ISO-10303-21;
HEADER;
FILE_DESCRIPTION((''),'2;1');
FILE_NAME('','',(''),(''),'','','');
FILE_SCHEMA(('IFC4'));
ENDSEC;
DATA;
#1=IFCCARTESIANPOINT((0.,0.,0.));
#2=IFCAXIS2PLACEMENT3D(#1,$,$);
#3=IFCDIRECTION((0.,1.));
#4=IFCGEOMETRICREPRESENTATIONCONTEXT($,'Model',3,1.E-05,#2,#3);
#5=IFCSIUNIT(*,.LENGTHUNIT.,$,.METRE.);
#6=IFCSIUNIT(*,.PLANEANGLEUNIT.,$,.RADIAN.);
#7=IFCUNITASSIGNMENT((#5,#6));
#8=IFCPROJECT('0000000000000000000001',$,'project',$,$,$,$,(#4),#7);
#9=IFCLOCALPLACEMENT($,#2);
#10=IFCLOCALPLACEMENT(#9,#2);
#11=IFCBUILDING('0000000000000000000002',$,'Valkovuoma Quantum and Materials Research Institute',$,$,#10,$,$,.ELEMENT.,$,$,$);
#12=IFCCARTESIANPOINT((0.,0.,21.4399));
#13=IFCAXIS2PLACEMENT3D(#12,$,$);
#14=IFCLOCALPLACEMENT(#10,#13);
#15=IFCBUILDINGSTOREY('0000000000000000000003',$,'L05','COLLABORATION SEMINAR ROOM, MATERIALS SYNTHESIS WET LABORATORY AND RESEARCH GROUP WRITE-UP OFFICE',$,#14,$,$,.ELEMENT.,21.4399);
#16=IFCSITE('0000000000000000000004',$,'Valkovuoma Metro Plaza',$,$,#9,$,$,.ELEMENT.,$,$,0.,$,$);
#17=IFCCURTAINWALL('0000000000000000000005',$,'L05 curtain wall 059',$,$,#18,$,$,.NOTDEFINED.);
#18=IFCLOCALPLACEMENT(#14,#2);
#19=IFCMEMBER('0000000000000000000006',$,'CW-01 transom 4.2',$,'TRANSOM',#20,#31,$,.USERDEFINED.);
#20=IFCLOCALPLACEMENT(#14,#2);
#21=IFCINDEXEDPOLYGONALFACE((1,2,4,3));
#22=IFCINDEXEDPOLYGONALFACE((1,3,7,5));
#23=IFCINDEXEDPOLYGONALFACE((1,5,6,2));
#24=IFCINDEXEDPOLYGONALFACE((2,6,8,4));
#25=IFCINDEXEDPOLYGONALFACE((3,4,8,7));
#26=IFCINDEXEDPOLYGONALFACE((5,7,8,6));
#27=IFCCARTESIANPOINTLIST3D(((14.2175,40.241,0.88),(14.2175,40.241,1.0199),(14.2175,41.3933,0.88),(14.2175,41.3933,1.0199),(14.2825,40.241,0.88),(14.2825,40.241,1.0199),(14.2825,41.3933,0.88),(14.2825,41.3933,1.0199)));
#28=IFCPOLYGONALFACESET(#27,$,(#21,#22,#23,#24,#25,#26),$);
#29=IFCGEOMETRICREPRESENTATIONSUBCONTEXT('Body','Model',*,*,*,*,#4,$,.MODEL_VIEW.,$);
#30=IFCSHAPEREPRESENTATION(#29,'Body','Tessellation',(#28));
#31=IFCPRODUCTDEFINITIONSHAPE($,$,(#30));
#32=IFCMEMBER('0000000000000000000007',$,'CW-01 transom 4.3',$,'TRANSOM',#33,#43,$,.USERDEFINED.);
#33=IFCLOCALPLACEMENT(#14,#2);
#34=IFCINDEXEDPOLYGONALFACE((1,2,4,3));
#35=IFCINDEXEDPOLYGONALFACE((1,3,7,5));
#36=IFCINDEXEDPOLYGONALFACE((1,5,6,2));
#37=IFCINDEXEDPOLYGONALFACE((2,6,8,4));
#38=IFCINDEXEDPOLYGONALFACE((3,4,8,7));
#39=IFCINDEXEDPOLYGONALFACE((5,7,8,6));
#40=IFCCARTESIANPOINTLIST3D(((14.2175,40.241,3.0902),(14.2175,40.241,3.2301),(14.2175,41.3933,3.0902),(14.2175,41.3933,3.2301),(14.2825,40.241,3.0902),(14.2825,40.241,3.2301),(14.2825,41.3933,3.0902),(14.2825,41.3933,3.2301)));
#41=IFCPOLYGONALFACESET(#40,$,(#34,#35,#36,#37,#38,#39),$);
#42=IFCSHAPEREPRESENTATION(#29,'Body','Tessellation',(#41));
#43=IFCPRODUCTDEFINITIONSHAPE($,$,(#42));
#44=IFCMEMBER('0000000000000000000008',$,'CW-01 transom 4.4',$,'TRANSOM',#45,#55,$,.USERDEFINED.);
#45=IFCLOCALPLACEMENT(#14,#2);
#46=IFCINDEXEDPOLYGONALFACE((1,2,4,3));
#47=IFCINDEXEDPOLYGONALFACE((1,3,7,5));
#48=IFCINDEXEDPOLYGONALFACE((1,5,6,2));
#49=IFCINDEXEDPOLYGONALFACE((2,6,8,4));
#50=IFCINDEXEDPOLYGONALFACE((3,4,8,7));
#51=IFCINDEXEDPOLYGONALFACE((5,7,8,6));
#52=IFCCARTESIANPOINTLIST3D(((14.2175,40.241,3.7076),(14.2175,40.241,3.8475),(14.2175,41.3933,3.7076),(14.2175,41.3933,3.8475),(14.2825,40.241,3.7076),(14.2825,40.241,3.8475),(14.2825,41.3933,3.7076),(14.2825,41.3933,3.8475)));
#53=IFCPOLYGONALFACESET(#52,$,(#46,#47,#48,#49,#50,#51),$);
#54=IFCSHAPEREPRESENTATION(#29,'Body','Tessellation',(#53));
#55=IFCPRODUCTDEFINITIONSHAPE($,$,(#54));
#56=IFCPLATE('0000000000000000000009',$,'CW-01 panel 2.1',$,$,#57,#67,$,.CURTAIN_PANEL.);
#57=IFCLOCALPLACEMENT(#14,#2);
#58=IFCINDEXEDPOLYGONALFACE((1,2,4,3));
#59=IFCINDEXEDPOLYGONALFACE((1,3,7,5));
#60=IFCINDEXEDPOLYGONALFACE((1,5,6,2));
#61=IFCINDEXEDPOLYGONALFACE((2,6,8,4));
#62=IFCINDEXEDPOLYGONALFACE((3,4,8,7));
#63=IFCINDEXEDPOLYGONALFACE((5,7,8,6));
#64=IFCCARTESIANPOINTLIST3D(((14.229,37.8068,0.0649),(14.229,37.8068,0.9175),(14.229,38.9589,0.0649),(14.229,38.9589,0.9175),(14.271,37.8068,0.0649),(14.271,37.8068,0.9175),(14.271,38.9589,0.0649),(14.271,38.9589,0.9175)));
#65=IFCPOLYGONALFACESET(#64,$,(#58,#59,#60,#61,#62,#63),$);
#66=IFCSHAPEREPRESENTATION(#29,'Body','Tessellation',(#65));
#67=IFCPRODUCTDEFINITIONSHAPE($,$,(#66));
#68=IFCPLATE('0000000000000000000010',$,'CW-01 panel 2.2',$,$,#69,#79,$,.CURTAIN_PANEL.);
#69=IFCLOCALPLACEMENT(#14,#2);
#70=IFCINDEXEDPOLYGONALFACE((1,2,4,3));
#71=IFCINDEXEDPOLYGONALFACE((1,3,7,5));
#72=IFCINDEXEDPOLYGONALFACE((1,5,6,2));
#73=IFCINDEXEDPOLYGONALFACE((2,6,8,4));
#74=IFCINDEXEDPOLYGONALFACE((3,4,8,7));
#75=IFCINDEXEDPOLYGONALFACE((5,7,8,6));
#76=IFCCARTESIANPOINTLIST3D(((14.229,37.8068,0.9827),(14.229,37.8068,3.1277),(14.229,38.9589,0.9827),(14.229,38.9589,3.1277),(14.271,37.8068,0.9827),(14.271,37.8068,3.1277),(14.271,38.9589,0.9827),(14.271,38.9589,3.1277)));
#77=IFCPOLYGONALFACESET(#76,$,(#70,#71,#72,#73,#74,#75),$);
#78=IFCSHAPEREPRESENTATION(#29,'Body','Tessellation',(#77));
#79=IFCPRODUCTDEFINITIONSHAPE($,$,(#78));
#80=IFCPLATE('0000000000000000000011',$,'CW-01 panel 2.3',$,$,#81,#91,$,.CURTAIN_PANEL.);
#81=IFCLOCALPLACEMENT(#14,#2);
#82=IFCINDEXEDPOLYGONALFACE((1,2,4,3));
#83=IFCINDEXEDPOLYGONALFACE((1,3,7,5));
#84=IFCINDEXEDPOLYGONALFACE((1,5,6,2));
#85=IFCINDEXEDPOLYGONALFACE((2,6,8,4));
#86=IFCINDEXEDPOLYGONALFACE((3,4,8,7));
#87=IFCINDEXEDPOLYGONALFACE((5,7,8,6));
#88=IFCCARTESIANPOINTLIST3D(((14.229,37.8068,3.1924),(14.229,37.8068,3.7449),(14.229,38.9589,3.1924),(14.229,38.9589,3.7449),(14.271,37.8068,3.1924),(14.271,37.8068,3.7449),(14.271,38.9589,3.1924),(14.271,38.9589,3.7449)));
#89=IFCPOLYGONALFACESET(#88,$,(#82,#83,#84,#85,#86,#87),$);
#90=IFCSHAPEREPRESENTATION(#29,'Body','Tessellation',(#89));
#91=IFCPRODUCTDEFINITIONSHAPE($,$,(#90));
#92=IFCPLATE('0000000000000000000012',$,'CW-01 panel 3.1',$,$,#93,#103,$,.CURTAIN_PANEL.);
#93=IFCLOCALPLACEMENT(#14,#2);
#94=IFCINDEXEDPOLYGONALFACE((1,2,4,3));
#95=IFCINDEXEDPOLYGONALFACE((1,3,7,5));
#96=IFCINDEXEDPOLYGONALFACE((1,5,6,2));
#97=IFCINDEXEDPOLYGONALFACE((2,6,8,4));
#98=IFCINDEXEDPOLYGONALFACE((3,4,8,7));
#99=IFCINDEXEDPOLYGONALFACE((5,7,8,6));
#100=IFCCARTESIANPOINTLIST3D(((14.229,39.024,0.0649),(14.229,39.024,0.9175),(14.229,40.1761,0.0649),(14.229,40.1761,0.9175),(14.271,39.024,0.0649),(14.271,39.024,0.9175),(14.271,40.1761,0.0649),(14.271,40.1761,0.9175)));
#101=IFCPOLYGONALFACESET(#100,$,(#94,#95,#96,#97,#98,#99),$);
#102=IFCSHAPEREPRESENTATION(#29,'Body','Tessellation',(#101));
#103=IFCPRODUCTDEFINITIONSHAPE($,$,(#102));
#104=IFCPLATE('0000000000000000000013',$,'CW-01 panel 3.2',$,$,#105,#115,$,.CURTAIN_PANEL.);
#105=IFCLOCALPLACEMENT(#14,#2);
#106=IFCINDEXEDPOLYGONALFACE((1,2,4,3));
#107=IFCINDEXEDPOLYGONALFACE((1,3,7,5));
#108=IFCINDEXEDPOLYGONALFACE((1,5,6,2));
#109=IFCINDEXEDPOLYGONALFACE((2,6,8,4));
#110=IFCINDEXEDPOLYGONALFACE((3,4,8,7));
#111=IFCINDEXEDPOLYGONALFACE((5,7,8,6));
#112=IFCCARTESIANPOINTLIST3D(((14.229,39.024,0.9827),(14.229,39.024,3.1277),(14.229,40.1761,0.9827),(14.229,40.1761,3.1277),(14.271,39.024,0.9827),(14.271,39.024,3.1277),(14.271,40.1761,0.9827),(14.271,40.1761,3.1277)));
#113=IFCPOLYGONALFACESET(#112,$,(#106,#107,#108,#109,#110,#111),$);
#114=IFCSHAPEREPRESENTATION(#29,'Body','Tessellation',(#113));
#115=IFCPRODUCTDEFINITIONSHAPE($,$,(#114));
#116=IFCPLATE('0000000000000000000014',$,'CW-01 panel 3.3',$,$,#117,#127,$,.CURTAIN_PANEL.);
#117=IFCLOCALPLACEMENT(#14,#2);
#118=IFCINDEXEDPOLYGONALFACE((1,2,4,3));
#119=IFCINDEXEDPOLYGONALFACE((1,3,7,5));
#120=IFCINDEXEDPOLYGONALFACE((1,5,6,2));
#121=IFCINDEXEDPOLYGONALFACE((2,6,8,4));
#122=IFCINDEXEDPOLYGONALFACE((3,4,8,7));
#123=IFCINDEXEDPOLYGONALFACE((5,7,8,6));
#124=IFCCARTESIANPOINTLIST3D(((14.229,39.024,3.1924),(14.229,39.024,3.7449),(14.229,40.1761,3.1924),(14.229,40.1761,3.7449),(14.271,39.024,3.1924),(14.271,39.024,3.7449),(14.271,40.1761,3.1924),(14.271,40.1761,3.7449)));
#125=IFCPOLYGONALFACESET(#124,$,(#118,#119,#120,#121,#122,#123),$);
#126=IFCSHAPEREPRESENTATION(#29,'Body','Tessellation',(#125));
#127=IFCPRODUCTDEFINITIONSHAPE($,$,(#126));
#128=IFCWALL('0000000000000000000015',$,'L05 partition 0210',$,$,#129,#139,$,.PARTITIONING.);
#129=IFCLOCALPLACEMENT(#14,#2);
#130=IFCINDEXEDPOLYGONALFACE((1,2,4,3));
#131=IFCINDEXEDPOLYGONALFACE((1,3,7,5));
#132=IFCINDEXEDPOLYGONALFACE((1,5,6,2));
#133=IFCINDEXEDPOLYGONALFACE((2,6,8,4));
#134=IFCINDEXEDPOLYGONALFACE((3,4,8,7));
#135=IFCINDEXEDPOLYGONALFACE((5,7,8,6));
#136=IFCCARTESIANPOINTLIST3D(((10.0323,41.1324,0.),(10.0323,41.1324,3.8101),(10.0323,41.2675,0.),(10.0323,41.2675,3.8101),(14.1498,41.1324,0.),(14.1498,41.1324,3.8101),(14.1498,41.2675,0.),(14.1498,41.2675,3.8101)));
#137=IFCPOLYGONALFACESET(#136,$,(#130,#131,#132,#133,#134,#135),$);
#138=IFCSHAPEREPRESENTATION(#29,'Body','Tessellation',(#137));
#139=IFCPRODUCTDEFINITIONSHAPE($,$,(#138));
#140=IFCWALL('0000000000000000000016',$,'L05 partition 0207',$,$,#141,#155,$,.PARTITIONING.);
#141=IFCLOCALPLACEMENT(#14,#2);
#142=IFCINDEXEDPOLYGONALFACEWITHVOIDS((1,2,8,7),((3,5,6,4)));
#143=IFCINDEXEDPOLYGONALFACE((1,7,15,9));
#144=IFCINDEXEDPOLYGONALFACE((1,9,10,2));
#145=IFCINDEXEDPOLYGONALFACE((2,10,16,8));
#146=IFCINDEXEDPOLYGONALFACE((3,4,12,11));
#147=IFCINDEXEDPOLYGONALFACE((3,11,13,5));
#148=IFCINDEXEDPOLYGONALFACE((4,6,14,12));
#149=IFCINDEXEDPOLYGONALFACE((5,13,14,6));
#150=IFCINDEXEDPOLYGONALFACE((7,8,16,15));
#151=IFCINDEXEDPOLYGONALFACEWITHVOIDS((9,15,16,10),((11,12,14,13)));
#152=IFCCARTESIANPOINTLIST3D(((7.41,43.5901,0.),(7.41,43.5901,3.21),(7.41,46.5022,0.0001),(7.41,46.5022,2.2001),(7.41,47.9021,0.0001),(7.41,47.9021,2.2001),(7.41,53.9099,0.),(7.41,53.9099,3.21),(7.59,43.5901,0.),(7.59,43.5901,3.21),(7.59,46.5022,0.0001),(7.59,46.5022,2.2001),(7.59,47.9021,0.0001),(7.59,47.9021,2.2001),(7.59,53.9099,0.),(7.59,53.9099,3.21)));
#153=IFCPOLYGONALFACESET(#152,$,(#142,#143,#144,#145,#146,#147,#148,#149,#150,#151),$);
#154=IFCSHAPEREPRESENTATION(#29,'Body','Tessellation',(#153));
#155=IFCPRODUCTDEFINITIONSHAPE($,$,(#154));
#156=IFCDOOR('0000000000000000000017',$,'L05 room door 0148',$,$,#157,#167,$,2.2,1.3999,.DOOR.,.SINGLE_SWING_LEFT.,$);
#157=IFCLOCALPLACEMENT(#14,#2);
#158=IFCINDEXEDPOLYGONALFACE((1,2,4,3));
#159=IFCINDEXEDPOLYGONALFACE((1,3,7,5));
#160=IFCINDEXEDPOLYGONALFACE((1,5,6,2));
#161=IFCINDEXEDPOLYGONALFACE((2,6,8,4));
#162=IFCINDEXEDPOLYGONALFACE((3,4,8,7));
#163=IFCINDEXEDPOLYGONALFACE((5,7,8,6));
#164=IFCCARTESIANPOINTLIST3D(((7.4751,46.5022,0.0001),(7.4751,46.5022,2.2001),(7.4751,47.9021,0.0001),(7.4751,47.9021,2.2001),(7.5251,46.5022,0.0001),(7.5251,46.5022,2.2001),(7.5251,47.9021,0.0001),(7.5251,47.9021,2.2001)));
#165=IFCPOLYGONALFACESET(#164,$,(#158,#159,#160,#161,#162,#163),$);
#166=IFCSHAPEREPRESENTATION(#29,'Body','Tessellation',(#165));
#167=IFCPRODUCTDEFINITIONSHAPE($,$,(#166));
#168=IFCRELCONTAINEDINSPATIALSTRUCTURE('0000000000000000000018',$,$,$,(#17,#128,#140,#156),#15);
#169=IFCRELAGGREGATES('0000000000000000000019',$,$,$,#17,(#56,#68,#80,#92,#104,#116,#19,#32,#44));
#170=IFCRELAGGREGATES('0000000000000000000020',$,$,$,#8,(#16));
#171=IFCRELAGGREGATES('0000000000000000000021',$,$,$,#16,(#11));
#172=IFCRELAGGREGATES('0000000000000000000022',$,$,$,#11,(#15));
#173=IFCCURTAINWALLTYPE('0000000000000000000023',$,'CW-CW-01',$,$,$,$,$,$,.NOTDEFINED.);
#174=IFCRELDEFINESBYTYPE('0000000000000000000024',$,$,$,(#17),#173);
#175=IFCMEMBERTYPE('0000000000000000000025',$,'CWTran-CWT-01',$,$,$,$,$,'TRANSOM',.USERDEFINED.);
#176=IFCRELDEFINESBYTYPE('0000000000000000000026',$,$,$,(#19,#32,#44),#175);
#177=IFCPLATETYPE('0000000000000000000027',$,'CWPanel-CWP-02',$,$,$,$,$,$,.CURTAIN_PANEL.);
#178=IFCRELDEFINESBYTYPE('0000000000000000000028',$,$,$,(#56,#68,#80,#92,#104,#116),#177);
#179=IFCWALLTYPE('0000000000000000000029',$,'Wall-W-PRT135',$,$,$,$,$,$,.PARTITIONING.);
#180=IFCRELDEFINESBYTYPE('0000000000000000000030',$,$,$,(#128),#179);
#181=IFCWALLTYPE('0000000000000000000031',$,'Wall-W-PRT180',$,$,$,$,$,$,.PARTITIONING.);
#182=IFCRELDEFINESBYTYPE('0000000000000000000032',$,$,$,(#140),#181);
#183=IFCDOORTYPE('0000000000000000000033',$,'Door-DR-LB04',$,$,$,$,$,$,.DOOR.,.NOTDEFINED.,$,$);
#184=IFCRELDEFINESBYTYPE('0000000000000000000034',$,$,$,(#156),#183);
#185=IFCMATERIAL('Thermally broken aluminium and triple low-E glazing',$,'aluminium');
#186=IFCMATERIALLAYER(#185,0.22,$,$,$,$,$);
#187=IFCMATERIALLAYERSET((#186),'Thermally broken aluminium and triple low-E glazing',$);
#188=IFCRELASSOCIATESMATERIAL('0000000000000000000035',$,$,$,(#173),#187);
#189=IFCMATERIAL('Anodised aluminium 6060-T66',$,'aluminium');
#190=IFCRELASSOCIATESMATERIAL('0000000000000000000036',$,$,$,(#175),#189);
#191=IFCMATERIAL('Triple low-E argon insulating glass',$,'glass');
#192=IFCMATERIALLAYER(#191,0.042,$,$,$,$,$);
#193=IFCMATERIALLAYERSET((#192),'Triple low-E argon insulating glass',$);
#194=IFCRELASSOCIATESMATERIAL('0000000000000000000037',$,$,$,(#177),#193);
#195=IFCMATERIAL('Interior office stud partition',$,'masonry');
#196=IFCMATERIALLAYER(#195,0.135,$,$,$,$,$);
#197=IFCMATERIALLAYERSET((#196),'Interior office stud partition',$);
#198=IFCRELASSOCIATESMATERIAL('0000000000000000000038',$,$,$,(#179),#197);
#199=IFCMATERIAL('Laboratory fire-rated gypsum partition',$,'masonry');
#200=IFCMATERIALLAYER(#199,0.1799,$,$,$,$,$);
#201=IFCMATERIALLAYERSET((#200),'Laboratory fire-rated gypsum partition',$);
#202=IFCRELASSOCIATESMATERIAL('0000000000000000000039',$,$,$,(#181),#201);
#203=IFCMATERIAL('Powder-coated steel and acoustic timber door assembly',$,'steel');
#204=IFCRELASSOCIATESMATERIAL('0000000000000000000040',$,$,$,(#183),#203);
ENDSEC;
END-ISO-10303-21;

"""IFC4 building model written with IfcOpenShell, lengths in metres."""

from ifc_helpers import new_model, si_unit, direction, frame, frame_2d, origin, origin_2d, place, context, subcontext, project, spatial, rectangle, extrude, material, layer, layer_set, material_profile, profile_set, type_object, element, fill, aggregate, save


model = new_model("IFC4")

# Units and contexts
model_context = context("Model", 3, precision=1e-05, world=origin(), true_north=direction((0.0, 1.0)))
body_context = subcontext(model_context, "Body", "Model", "MODEL_VIEW")
ifc_project = project(units=[si_unit("LENGTHUNIT", "METRE"), si_unit("PLANEANGLEUNIT", "RADIAN")], contexts=[model_context])

# Site, building, storey
site_placement = place(None, origin())
site = spatial("IfcSite", under=ifc_project, at=site_placement, Name="Valkovuoma Metro Plaza", CompositionType="ELEMENT", RefElevation=0.0)
building_placement = place(site_placement, origin())
building = spatial("IfcBuilding", under=site, at=building_placement, Name="Valkovuoma Quantum and Materials Research Institute", CompositionType="ELEMENT")
storey_placement = place(building_placement, frame((0.0, 0.0, 21.4399)))
storey = spatial("IfcBuildingStorey", under=building, at=storey_placement, Name="L05", Description="COLLABORATION SEMINAR ROOM, MATERIALS SYNTHESIS WET LABORATORY AND RESEARCH GROUP WRITE-UP OFFICE", CompositionType="ELEMENT", Elevation=21.4399)

# Curtain wall, members, plates
ifc_material_1 = material(Name="Thermally broken aluminium and triple low-E glazing", Category="aluminium")
ifc_layer_1 = layer(ifc_material_1, 0.22)
ifc_layer_set_1 = layer_set([ifc_layer_1], Name="Thermally broken aluminium and triple low-E glazing")
curtain_wall_type = type_object("IfcCurtainWallType", Name="CW-CW-01", PredefinedType="NOTDEFINED", material=ifc_layer_set_1)
curtain_wall_placement = place(storey_placement, origin())
curtain_wall = element("IfcCurtainWall", 1, at=curtain_wall_placement, inside=storey, type_object=curtain_wall_type, Name="L05 curtain wall 059", PredefinedType="NOTDEFINED")
ifc_material_2 = material(Name="Anodised aluminium 6060-T66", Category="aluminium")
ifc_material_profile_1 = material_profile(ifc_material_2, rectangle(XDim=0.0649, YDim=0.1399, at=origin_2d()), Name="Anodised aluminium 6060-T66")
ifc_profile_set_1 = profile_set([ifc_material_profile_1], Name="Anodised aluminium 6060-T66")
member_type_1 = type_object("IfcMemberType", Name="CWTran-CWT-01", ElementType="TRANSOM", PredefinedType="USERDEFINED", material=ifc_profile_set_1)
member_1_placement = place(storey_placement, frame((14.25, 40.241, 0.95), z_axis=(0.0, 1.0, 0.0), x_axis=(-1.0, 0.0, 0.0)))
member_1 = element("IfcMember", 2, at=member_1_placement, type_object=member_type_1, Name="CW-01 transom 4.2", ObjectType="TRANSOM", PredefinedType="USERDEFINED", context=body_context, shape_type="SweptSolid", body=[
    extrude(rectangle(XDim=0.0649, YDim=0.1399, at=origin_2d()), origin(), (0.0, 0.0, 1.0), 1.1523),
])
member_2_placement = place(storey_placement, frame((14.25, 40.241, 3.1602), z_axis=(0.0, 1.0, 0.0), x_axis=(-1.0, 0.0, 0.0)))
member_2 = element("IfcMember", 3, at=member_2_placement, type_object=member_type_1, Name="CW-01 transom 4.3", ObjectType="TRANSOM", PredefinedType="USERDEFINED", context=body_context, shape_type="SweptSolid", body=[
    extrude(rectangle(XDim=0.0649, YDim=0.1399, at=origin_2d()), origin(), (0.0, 0.0, 1.0), 1.1523),
])
member_3_placement = place(storey_placement, frame((14.25, 40.241, 3.7776), z_axis=(0.0, 1.0, 0.0), x_axis=(-1.0, 0.0, 0.0)))
member_3 = element("IfcMember", 4, at=member_3_placement, type_object=member_type_1, Name="CW-01 transom 4.4", ObjectType="TRANSOM", PredefinedType="USERDEFINED", context=body_context, shape_type="SweptSolid", body=[
    extrude(rectangle(XDim=0.0649, YDim=0.1399, at=origin_2d()), origin(), (0.0, 0.0, 1.0), 1.1523),
])
ifc_material_3 = material(Name="Triple low-E argon insulating glass", Category="glass")
ifc_layer_2 = layer(ifc_material_3, 0.042)
ifc_layer_set_2 = layer_set([ifc_layer_2], Name="Triple low-E argon insulating glass")
plate_type = type_object("IfcPlateType", Name="CWPanel-CWP-02", PredefinedType="CURTAIN_PANEL", material=ifc_layer_set_2)
plate_1_placement = place(storey_placement, frame((14.25, 38.3828, 0.0649), z_axis=(0.0, 0.0, 1.0), x_axis=(0.0, 1.0, 0.0)))
plate_1 = element("IfcPlate", 5, at=plate_1_placement, type_object=plate_type, Name="CW-01 panel 2.1", PredefinedType="CURTAIN_PANEL", context=body_context, shape_type="SweptSolid", body=[
    extrude(rectangle(XDim=1.1521, YDim=0.042, at=origin_2d()), origin(), (0.0, 0.0, 1.0), 0.8525),
])
plate_2_placement = place(storey_placement, frame((14.25, 38.3828, 0.9827), z_axis=(0.0, 0.0, 1.0), x_axis=(0.0, 1.0, 0.0)))
plate_2 = element("IfcPlate", 6, at=plate_2_placement, type_object=plate_type, Name="CW-01 panel 2.2", PredefinedType="CURTAIN_PANEL", context=body_context, shape_type="SweptSolid", body=[
    extrude(rectangle(XDim=1.1521, YDim=0.042, at=origin_2d()), origin(), (0.0, 0.0, 1.0), 2.145),
])
plate_3_placement = place(storey_placement, frame((14.25, 38.3828, 3.1924), z_axis=(0.0, 0.0, 1.0), x_axis=(0.0, 1.0, 0.0)))
plate_3 = element("IfcPlate", 7, at=plate_3_placement, type_object=plate_type, Name="CW-01 panel 2.3", PredefinedType="CURTAIN_PANEL", context=body_context, shape_type="SweptSolid", body=[
    extrude(rectangle(XDim=1.1521, YDim=0.042, at=origin_2d()), origin(), (0.0, 0.0, 1.0), 0.5525),
])
plate_4_placement = place(storey_placement, frame((14.25, 39.6001, 0.0649), z_axis=(0.0, 0.0, 1.0), x_axis=(0.0, 1.0, 0.0)))
plate_4 = element("IfcPlate", 8, at=plate_4_placement, type_object=plate_type, Name="CW-01 panel 3.1", PredefinedType="CURTAIN_PANEL", context=body_context, shape_type="SweptSolid", body=[
    extrude(rectangle(XDim=1.1521, YDim=0.042, at=origin_2d()), origin(), (0.0, 0.0, 1.0), 0.8525),
])
plate_5_placement = place(storey_placement, frame((14.25, 39.6001, 0.9827), z_axis=(0.0, 0.0, 1.0), x_axis=(0.0, 1.0, 0.0)))
plate_5 = element("IfcPlate", 9, at=plate_5_placement, type_object=plate_type, Name="CW-01 panel 3.2", PredefinedType="CURTAIN_PANEL", context=body_context, shape_type="SweptSolid", body=[
    extrude(rectangle(XDim=1.1521, YDim=0.042, at=origin_2d()), origin(), (0.0, 0.0, 1.0), 2.145),
])
plate_6_placement = place(storey_placement, frame((14.25, 39.6001, 3.1924), z_axis=(0.0, 0.0, 1.0), x_axis=(0.0, 1.0, 0.0)))
plate_6 = element("IfcPlate", 10, at=plate_6_placement, type_object=plate_type, Name="CW-01 panel 3.3", PredefinedType="CURTAIN_PANEL", context=body_context, shape_type="SweptSolid", body=[
    extrude(rectangle(XDim=1.1521, YDim=0.042, at=origin_2d()), origin(), (0.0, 0.0, 1.0), 0.5525),
])
aggregate(curtain_wall, [plate_1, plate_2, plate_3, plate_4, plate_5, plate_6, member_1, member_2, member_3])

# Wall
ifc_material_4 = material(Name="Interior office stud partition", Category="masonry")
ifc_layer_3 = layer(ifc_material_4, 0.135)
ifc_layer_set_3 = layer_set([ifc_layer_3], Name="Interior office stud partition")
wall_type_1 = type_object("IfcWallType", Name="Wall-W-PRT135", PredefinedType="PARTITIONING", material=ifc_layer_set_3)
wall_1_placement = place(storey_placement, frame((10.0325, 41.2, 0.0), z_axis=(0.0, 0.0, 1.0), x_axis=(1.0, 0.0, 0.0)))
element("IfcWall", 11, at=wall_1_placement, inside=storey, type_object=wall_type_1, Name="L05 partition 0210", PredefinedType="PARTITIONING", context=body_context, shape_type="SweptSolid", body=[
    extrude(rectangle(XDim=4.1174, YDim=0.135, at=frame_2d((2.0586, 0.0))), origin(), (0.0, 0.0, 1.0), 3.8101),
])

# Wall, opening, door
ifc_material_5 = material(Name="Laboratory fire-rated gypsum partition", Category="masonry")
ifc_layer_4 = layer(ifc_material_5, 0.1799)
ifc_layer_set_4 = layer_set([ifc_layer_4], Name="Laboratory fire-rated gypsum partition")
wall_type_2 = type_object("IfcWallType", Name="Wall-W-PRT180", PredefinedType="PARTITIONING", material=ifc_layer_set_4)
wall_2_placement = place(storey_placement, frame((7.5, 43.5901, 0.0), z_axis=(0.0, 0.0, 1.0), x_axis=(0.0, 1.0, 0.0)))
wall_2 = element("IfcWall", 12, at=wall_2_placement, inside=storey, type_object=wall_type_2, Name="L05 partition 0207", PredefinedType="PARTITIONING", context=body_context, shape_type="SweptSolid", body=[
    extrude(rectangle(XDim=10.3198, YDim=0.1799, at=frame_2d((5.1599, 0.0))), origin(), (0.0, 0.0, 1.0), 3.21),
])
opening_1_placement = place(wall_2_placement, frame((2.9121, 0.0, 0.0)))
opening_1 = element("IfcOpeningElement", 13, at=opening_1_placement, cuts=wall_2, PredefinedType="OPENING", context=body_context, shape_type="SweptSolid", body=[
    extrude(rectangle(XDim=1.3999, YDim=2.2, at=frame_2d((0.7, 1.1001))), frame((0.0, 0.1001, 0.0), z_axis=(0.0, -1.0, 0.0), x_axis=(1.0, 0.0, 0.0)), (0.0, 0.0, 1.0), 0.2),
])
ifc_material_6 = material(Name="Powder-coated steel and acoustic timber door assembly", Category="steel")
door_type_1 = type_object("IfcDoorType", Name="Door-DR-LB04", OperationType="NOTDEFINED", PredefinedType="DOOR", material=ifc_material_6)
door_1_placement = place(opening_1_placement, origin())
door_1 = element("IfcDoor", 14, at=door_1_placement, inside=storey, type_object=door_type_1, Name="L05 room door 0148", OperationType="SINGLE_SWING_LEFT", OverallHeight=2.2, OverallWidth=1.3999, PredefinedType="DOOR", context=body_context, shape_type="SweptSolid", body=[
    extrude(rectangle(XDim=1.3999, YDim=2.2, at=frame_2d((0.7, 1.1001))), frame((0.0, 0.0249, 0.0), z_axis=(0.0, -1.0, 0.0), x_axis=(1.0, 0.0, 0.0)), (0.0, 0.0, 1.0), 0.05),
])
fill(opening_1, door_1)

save(model, "model.ifc")
